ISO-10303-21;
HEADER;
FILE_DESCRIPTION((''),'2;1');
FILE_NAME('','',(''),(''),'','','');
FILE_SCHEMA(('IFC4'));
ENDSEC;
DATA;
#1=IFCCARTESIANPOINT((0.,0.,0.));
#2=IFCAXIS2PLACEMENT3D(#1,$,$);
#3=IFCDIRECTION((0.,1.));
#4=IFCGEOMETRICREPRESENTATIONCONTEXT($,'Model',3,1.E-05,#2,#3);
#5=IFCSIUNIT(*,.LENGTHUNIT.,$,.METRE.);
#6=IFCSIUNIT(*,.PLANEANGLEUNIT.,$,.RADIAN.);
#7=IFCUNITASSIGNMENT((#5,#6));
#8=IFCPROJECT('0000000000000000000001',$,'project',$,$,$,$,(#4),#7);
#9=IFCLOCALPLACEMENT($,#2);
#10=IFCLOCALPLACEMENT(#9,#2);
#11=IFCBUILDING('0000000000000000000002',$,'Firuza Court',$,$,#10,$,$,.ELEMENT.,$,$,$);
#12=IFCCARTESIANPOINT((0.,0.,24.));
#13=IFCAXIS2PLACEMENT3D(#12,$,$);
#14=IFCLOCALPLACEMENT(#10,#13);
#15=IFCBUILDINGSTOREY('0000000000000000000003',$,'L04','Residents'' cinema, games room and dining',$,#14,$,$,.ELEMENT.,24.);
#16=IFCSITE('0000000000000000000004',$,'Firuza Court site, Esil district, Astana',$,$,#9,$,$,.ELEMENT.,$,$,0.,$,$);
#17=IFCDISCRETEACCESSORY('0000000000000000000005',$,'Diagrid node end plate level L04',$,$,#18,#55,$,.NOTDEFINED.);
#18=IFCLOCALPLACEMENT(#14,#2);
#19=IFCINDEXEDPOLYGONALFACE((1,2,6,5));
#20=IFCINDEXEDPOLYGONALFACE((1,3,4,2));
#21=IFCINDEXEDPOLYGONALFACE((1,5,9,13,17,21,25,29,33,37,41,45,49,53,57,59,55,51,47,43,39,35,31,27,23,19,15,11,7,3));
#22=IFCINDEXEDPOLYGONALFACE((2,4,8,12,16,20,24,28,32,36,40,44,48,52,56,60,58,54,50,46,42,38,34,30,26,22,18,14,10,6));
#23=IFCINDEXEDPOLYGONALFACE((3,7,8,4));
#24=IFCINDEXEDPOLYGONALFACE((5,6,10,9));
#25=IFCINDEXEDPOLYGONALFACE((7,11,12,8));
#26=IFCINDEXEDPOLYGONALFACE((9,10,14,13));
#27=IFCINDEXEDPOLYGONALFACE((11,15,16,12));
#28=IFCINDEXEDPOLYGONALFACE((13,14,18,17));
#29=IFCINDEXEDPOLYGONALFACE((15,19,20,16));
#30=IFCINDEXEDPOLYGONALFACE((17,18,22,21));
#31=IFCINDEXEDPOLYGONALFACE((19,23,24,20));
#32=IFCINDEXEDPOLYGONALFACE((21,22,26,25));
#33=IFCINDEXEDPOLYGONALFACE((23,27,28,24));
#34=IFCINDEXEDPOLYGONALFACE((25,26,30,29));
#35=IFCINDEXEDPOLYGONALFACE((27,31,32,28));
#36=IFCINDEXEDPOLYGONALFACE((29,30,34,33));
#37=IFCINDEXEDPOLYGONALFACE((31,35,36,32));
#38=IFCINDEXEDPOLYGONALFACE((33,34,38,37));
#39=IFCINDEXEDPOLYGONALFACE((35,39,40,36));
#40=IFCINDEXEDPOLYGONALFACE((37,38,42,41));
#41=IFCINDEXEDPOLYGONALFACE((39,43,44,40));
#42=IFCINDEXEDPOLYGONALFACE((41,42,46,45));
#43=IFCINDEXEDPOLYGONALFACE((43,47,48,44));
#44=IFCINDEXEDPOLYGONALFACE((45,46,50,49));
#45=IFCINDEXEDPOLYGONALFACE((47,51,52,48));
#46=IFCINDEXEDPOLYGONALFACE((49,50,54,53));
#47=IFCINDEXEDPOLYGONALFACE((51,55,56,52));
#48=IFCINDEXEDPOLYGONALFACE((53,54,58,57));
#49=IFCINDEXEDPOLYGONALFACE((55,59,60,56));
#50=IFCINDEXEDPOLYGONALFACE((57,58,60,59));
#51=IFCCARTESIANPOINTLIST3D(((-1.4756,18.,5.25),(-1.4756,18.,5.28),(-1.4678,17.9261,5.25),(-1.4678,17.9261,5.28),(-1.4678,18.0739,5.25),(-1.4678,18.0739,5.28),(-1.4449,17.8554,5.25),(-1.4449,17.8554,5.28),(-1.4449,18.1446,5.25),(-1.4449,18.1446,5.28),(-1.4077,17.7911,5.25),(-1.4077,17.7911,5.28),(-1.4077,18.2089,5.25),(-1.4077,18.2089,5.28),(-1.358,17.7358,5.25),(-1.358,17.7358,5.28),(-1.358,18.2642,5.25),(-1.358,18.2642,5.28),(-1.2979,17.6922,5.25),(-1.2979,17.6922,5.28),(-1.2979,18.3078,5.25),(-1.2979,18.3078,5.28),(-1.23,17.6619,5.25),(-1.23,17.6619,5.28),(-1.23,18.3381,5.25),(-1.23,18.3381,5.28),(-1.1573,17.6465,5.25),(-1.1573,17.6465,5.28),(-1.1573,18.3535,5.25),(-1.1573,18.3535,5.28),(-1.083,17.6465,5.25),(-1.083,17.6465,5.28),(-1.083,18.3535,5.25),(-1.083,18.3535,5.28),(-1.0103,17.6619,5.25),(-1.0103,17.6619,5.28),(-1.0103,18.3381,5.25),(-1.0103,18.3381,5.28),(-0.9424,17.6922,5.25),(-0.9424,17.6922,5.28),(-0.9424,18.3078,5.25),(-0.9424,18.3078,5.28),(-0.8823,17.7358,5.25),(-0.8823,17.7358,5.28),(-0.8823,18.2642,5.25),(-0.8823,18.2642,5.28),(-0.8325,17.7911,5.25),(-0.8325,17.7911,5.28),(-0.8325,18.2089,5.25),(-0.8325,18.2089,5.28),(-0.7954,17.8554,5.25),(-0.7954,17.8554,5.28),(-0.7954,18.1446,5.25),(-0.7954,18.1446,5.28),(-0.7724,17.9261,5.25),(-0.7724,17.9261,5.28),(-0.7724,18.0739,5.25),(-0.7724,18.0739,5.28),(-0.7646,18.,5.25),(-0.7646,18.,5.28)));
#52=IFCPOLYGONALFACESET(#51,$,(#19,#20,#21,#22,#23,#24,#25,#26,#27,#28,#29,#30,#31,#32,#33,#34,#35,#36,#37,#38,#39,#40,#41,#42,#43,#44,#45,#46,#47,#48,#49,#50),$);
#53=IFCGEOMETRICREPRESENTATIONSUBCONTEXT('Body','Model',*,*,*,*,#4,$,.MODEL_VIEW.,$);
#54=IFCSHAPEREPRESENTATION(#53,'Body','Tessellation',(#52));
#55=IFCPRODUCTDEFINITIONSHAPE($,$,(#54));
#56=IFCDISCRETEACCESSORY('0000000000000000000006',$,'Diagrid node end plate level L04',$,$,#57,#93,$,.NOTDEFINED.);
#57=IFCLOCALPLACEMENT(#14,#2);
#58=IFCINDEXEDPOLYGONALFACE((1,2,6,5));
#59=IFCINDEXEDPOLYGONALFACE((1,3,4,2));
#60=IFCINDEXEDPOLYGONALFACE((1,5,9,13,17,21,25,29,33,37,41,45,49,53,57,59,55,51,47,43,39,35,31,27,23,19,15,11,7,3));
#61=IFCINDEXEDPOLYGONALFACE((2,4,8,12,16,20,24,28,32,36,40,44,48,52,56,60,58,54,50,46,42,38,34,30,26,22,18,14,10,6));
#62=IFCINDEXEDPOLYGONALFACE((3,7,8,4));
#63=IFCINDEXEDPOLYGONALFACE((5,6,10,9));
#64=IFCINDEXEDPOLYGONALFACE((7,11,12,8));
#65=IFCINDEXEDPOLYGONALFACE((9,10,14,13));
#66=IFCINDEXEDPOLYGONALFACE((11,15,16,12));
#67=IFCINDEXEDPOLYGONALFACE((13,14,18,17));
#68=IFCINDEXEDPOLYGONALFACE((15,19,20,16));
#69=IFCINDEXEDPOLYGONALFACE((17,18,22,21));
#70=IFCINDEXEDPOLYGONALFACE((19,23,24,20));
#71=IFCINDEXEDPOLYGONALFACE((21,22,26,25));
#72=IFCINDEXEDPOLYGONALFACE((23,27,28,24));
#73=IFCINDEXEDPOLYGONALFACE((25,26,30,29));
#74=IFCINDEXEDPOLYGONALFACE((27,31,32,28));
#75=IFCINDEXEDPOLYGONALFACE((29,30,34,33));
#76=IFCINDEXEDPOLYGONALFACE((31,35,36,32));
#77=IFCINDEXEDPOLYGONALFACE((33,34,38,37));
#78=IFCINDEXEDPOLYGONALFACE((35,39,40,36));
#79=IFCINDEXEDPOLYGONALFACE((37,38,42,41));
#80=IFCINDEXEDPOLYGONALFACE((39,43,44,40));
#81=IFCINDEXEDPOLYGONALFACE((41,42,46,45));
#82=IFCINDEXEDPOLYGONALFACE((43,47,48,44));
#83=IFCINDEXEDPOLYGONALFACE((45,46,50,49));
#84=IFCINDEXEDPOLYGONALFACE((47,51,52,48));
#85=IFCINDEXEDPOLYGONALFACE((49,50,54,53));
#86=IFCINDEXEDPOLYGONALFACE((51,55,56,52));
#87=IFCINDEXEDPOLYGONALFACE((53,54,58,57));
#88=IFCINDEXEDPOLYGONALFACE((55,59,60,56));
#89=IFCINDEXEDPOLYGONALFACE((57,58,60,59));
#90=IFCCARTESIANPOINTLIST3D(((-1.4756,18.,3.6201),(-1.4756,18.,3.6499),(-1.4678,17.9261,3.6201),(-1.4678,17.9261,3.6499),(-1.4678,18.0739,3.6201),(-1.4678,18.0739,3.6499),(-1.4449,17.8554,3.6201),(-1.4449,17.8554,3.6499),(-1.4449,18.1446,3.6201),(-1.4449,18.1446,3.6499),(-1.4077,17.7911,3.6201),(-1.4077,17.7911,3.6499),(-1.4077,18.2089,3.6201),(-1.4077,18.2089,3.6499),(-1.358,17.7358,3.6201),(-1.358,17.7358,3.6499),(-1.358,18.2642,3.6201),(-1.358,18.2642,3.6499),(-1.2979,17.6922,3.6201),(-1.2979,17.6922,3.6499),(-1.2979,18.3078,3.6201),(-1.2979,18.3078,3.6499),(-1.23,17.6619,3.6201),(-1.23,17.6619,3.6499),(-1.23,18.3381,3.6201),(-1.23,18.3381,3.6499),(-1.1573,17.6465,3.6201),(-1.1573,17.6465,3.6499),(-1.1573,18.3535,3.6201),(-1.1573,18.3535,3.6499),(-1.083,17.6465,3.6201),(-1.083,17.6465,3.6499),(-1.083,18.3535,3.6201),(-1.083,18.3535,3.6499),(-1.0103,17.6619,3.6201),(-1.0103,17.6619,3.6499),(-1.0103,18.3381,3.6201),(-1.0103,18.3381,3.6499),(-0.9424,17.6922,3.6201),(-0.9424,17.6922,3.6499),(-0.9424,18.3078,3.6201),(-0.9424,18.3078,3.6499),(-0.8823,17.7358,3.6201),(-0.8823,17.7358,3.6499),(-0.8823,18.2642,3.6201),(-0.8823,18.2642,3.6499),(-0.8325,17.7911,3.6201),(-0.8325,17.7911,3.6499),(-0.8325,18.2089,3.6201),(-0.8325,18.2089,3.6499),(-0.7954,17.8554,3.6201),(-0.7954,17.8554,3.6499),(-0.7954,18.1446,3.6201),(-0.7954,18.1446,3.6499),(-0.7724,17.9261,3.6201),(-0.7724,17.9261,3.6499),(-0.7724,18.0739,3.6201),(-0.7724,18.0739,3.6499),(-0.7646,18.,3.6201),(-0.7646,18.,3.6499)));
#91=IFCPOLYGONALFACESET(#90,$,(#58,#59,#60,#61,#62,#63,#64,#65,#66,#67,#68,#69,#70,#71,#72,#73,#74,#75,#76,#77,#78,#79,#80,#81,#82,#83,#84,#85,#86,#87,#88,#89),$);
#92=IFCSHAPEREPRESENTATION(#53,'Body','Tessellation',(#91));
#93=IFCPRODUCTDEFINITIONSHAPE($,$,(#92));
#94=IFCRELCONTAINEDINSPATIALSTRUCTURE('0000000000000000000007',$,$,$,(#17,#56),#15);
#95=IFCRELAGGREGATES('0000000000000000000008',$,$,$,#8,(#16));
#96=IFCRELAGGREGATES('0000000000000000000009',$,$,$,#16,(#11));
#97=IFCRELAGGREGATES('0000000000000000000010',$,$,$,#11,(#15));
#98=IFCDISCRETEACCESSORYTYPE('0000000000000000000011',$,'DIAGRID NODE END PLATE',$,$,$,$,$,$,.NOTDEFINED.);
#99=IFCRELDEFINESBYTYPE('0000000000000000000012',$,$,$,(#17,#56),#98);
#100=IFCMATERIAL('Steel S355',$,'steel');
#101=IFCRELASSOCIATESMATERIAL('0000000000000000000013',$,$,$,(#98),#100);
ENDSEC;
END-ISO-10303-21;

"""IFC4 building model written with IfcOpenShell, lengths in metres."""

from ifc_helpers import new_model, si_unit, direction, frame, origin, origin_2d, place, context, subcontext, project, spatial, circle, extrude, material, material_profile, profile_set, type_object, element, save


model = new_model("IFC4")

# Units and contexts
model_context = context("Model", 3, precision=1e-05, world=origin(), true_north=direction((0.0, 1.0)))
body_context = subcontext(model_context, "Body", "Model", "MODEL_VIEW")
ifc_project = project(units=[si_unit("LENGTHUNIT", "METRE"), si_unit("PLANEANGLEUNIT", "RADIAN")], contexts=[model_context])

# Site, building, storey
site_placement = place(None, origin())
site = spatial("IfcSite", under=ifc_project, at=site_placement, Name="Firuza Court site, Esil district, Astana", CompositionType="ELEMENT", RefElevation=0.0)
building_placement = place(site_placement, origin())
building = spatial("IfcBuilding", under=site, at=building_placement, Name="Firuza Court", CompositionType="ELEMENT")
storey_placement = place(building_placement, frame((0.0, 0.0, 24.0)))
storey = spatial("IfcBuildingStorey", under=building, at=storey_placement, Name="L04", Description="Residents' cinema, games room and dining", CompositionType="ELEMENT", Elevation=24.0)

# Discrete accessories
ifc_material_1 = material(Name="Steel S355", Category="steel")
ifc_material_profile_1 = material_profile(ifc_material_1, circle(Radius=0.3555, at=origin_2d()), Name="PL D711")
ifc_profile_set_1 = profile_set([ifc_material_profile_1], Name="Steel S355")
discrete_accessory_type = type_object("IfcDiscreteAccessoryType", Name="DIAGRID NODE END PLATE", PredefinedType="NOTDEFINED", material=ifc_profile_set_1)
discrete_accessory_1_placement = place(storey_placement, frame((-1.1201, 18.0, 5.25), z_axis=(0.0, 0.0, 1.0), x_axis=(1.0, 0.0, 0.0)))
element("IfcDiscreteAccessory", 1, at=discrete_accessory_1_placement, inside=storey, type_object=discrete_accessory_type, Name="Diagrid node end plate level L04", PredefinedType="NOTDEFINED", context=body_context, shape_type="SweptSolid", body=[
    extrude(circle(Radius=0.3555, at=origin_2d()), origin(), (0.0, 0.0, 1.0), 0.03),
])
discrete_accessory_2_placement = place(storey_placement, frame((-1.1201, 18.0, 3.6201), z_axis=(0.0, 0.0, 1.0), x_axis=(1.0, 0.0, 0.0)))
element("IfcDiscreteAccessory", 2, at=discrete_accessory_2_placement, inside=storey, type_object=discrete_accessory_type, Name="Diagrid node end plate level L04", PredefinedType="NOTDEFINED", context=body_context, shape_type="SweptSolid", body=[
    extrude(circle(Radius=0.3555, at=origin_2d()), origin(), (0.0, 0.0, 1.0), 0.0298),
])

save(model, "model.ifc")
